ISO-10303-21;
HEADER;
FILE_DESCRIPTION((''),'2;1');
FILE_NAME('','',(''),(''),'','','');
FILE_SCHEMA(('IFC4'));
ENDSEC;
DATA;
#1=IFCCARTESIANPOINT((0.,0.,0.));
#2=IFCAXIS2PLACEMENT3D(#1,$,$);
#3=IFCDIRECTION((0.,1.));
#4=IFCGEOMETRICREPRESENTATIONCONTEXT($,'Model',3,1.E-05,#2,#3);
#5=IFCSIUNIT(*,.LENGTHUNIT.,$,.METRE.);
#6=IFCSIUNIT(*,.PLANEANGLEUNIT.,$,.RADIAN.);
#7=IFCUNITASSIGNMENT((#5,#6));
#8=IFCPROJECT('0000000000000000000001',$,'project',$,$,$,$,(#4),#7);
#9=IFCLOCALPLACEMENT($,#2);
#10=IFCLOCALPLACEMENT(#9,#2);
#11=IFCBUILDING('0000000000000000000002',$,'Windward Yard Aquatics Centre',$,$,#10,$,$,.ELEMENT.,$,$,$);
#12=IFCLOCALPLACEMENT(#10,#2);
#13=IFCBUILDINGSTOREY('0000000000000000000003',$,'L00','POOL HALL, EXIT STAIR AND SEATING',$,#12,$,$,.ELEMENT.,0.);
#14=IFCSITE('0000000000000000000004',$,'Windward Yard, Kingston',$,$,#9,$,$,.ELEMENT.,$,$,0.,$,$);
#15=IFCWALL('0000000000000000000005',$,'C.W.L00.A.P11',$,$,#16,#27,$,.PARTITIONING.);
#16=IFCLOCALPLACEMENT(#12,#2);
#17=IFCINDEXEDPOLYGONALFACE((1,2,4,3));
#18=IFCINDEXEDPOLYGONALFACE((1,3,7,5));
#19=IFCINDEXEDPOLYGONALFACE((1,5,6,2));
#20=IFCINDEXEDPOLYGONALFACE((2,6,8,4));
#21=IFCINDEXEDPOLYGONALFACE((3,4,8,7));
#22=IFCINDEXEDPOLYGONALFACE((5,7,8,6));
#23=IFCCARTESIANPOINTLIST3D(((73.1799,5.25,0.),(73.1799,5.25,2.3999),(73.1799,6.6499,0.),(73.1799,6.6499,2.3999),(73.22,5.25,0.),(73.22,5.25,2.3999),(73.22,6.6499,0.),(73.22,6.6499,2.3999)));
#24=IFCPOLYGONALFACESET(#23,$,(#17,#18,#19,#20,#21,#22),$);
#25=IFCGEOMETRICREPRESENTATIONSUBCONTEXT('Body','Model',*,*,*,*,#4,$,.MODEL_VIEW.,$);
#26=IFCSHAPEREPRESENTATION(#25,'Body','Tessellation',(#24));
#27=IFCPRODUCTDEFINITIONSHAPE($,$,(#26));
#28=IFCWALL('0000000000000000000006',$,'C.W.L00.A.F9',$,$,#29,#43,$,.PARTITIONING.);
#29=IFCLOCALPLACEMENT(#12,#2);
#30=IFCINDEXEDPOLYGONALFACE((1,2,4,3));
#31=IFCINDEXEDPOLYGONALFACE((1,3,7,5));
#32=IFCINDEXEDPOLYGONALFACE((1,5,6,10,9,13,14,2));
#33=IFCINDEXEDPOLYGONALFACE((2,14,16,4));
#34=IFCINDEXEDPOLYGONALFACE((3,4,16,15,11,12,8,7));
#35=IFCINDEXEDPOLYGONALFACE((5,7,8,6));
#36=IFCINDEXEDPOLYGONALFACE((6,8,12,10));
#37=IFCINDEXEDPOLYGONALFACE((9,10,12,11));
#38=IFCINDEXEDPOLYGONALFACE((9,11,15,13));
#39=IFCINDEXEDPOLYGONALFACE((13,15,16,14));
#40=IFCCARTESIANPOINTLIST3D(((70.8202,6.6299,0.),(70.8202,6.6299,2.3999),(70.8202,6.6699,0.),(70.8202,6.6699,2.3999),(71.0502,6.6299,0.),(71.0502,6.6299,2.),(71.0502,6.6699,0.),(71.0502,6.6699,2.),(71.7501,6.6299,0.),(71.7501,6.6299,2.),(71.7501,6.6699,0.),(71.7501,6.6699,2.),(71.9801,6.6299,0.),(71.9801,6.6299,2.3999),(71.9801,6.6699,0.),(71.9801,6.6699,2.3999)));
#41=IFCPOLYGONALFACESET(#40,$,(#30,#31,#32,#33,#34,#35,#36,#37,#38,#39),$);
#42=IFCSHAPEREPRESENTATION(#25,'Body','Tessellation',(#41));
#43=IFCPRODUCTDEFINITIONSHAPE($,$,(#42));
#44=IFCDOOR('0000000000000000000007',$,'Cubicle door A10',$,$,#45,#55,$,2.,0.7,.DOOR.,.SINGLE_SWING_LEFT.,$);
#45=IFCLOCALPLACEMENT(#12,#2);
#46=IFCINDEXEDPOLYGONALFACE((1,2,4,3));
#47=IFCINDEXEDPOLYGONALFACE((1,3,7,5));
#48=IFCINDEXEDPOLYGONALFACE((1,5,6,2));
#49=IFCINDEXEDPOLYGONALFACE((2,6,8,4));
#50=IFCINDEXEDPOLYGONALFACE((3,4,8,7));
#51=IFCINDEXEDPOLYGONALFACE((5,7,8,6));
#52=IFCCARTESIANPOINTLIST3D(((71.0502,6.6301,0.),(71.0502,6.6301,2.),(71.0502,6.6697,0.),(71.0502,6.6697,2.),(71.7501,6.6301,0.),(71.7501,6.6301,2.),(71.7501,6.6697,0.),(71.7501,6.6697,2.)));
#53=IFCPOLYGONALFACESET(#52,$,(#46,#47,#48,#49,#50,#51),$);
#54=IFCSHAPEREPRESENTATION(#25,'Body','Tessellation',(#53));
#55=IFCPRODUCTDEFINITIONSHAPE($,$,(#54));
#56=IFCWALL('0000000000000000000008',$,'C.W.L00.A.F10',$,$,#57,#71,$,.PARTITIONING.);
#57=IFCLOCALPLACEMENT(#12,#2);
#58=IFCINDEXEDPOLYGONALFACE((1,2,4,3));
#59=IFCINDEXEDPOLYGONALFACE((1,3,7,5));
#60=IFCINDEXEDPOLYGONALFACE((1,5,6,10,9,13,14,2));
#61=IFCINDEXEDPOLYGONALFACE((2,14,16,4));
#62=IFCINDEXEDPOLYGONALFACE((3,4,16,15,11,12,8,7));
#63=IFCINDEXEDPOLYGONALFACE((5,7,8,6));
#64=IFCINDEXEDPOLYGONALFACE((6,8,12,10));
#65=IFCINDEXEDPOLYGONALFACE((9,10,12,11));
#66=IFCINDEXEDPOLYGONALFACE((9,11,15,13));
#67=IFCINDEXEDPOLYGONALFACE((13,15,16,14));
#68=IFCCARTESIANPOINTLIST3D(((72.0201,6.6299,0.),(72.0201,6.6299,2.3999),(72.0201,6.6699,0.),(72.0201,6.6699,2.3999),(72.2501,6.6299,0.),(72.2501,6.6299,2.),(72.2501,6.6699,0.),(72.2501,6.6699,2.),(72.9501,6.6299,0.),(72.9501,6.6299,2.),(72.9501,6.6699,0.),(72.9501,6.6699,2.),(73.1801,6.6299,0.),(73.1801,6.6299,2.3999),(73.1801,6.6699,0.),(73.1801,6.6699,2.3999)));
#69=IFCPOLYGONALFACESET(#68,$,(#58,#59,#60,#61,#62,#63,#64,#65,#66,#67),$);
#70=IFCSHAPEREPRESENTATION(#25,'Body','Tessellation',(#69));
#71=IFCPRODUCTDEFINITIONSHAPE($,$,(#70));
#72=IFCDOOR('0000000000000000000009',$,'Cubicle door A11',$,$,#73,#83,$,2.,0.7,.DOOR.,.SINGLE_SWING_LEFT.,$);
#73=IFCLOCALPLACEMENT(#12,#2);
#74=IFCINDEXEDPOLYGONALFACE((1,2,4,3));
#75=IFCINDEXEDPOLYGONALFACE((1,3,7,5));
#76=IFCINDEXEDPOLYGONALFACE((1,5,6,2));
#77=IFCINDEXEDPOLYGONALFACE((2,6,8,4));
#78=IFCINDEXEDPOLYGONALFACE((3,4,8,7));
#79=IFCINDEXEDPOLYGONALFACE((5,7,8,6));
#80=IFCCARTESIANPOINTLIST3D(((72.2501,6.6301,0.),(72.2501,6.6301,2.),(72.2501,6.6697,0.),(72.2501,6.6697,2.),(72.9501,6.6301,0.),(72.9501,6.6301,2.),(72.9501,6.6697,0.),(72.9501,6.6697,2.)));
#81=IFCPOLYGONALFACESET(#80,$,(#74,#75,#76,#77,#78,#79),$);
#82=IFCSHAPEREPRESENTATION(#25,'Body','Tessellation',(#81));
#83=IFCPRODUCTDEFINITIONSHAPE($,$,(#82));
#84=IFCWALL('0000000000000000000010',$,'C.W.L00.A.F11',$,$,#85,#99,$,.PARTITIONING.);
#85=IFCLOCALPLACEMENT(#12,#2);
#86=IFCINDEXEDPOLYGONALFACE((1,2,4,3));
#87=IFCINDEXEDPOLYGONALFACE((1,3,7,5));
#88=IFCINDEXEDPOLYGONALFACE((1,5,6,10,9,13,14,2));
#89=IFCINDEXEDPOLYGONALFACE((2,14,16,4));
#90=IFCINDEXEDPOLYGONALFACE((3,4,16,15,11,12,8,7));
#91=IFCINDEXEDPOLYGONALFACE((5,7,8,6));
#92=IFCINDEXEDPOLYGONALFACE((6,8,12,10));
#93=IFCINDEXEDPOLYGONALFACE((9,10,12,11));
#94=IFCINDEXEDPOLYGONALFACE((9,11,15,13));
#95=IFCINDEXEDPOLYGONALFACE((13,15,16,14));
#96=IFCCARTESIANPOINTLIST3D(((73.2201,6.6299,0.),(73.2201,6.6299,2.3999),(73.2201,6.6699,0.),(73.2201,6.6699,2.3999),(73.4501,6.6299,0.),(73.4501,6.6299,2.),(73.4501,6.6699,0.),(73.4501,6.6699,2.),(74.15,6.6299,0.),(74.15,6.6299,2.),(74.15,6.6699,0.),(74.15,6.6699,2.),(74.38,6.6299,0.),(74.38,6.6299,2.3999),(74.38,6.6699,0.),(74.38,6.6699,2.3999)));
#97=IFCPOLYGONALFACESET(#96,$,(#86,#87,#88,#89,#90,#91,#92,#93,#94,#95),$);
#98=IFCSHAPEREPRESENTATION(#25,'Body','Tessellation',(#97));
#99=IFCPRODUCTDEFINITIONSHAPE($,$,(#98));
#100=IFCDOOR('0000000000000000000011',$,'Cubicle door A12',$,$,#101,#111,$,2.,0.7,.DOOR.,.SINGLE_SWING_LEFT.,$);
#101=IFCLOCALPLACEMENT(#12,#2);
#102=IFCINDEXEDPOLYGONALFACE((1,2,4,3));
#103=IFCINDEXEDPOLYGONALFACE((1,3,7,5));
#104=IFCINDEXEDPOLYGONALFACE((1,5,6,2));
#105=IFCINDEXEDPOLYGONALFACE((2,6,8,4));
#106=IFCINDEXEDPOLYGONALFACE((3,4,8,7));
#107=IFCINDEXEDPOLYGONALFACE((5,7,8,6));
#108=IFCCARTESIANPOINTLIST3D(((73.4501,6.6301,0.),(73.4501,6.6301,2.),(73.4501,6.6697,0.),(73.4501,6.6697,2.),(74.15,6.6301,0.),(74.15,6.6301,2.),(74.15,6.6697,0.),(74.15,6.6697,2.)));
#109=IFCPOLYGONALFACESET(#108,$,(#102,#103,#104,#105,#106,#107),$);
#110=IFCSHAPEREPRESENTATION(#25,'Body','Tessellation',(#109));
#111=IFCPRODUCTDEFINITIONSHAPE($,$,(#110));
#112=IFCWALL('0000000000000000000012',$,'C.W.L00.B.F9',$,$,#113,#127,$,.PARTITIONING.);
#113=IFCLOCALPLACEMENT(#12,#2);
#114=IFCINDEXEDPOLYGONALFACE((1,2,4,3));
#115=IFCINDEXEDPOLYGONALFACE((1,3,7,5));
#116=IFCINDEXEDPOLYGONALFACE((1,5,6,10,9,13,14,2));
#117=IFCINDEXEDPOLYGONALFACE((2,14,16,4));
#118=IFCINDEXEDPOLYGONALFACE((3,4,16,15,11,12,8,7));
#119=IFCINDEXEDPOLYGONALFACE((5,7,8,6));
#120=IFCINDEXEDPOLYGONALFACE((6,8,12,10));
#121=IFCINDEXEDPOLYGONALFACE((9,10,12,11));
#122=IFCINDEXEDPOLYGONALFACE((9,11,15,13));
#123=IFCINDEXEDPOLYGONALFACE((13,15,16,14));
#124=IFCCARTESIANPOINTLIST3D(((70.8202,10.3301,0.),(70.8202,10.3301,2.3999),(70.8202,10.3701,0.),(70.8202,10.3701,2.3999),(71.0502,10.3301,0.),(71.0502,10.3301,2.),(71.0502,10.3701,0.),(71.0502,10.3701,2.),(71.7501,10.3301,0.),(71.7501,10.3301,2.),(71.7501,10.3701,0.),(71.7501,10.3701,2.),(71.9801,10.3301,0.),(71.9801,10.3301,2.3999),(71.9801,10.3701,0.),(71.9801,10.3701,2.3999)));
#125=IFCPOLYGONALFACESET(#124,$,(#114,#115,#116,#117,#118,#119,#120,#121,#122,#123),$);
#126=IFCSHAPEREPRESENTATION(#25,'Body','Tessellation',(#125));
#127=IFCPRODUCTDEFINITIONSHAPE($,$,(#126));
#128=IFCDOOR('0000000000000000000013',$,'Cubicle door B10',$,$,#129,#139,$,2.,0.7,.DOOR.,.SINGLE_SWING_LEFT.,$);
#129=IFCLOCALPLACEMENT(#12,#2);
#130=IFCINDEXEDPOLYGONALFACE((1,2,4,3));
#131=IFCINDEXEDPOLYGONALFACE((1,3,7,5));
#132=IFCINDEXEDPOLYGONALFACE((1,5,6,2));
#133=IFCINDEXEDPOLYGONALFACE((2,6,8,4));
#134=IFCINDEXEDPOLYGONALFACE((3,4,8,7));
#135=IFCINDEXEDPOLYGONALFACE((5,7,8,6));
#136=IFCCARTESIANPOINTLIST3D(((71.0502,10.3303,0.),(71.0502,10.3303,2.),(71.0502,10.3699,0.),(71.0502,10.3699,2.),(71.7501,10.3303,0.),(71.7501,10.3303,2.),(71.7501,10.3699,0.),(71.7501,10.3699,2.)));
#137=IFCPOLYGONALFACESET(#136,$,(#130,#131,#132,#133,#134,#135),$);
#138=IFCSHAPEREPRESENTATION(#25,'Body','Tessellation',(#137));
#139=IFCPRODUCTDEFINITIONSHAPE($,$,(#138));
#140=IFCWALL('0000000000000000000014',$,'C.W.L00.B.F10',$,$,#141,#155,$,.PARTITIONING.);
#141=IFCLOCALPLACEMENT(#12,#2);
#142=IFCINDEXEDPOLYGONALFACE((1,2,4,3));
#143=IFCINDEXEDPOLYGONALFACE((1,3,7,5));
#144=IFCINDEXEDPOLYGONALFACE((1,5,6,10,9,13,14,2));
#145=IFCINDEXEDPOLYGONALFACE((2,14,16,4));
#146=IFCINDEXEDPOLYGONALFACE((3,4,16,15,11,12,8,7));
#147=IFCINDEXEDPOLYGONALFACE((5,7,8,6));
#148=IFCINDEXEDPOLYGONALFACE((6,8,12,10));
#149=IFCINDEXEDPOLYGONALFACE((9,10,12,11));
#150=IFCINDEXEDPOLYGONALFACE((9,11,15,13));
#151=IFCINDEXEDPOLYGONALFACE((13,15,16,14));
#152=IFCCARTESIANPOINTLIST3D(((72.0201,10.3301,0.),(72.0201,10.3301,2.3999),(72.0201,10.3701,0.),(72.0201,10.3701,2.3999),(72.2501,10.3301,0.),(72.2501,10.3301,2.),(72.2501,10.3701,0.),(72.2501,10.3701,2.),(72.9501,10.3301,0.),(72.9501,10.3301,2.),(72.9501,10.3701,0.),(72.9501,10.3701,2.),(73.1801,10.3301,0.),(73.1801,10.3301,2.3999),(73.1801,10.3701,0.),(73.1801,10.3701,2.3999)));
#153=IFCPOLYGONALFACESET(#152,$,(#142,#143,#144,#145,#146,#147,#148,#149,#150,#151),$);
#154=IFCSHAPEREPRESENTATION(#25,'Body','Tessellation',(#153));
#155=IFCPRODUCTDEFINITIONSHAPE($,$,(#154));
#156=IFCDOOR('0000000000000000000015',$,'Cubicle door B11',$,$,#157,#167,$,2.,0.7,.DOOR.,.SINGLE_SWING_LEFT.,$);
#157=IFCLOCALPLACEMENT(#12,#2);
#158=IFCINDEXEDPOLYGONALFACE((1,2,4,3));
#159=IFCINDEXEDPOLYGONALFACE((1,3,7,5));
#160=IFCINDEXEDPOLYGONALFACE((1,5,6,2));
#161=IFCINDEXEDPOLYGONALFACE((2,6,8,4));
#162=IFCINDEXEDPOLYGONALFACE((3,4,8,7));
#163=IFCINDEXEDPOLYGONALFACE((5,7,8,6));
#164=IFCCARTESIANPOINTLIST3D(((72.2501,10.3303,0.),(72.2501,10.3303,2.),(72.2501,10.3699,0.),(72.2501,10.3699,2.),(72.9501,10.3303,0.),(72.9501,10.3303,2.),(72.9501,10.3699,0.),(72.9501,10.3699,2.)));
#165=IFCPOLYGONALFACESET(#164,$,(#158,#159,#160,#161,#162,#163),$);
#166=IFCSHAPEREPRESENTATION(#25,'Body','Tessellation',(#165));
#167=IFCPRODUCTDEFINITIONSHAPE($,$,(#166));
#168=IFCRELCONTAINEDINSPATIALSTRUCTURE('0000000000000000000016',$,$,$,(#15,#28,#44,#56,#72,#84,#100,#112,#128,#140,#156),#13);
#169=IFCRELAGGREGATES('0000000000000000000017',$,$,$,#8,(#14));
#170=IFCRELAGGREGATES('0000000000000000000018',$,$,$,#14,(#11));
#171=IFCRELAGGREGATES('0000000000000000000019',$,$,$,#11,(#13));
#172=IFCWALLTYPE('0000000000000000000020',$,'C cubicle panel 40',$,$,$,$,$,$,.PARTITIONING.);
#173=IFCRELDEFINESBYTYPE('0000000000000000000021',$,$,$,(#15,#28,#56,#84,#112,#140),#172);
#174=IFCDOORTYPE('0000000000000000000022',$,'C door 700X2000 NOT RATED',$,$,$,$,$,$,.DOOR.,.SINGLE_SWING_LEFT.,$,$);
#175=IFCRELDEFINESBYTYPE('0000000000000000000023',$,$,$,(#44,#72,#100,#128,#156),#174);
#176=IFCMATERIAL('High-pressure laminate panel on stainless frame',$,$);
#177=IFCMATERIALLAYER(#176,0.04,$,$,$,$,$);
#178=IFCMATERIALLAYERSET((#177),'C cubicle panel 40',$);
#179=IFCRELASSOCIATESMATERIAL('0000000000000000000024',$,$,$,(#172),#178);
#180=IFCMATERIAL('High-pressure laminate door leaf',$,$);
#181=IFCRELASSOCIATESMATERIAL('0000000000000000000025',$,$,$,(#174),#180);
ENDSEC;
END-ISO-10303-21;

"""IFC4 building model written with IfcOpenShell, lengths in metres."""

from ifc_helpers import new_model, si_unit, direction, frame, frame_2d, origin, place, context, subcontext, project, spatial, rectangle, extrude, material, layer, layer_set, type_object, element, fill, save


model = new_model("IFC4")

# Units and contexts
model_context = context("Model", 3, precision=1e-05, world=origin(), true_north=direction((0.0, 1.0)))
body_context = subcontext(model_context, "Body", "Model", "MODEL_VIEW")
ifc_project = project(units=[si_unit("LENGTHUNIT", "METRE"), si_unit("PLANEANGLEUNIT", "RADIAN")], contexts=[model_context])

# Site, building, storey
site_placement = place(None, origin())
site = spatial("IfcSite", under=ifc_project, at=site_placement, Name="Windward Yard, Kingston", CompositionType="ELEMENT", RefElevation=0.0)
building_placement = place(site_placement, origin())
building = spatial("IfcBuilding", under=site, at=building_placement, Name="Windward Yard Aquatics Centre", CompositionType="ELEMENT")
storey_placement = place(building_placement, origin())
storey = spatial("IfcBuildingStorey", under=building, at=storey_placement, Name="L00", Description="POOL HALL, EXIT STAIR AND SEATING", CompositionType="ELEMENT", Elevation=0.0)

# Wall
ifc_material_1 = material(Name="High-pressure laminate panel on stainless frame")
ifc_layer_1 = layer(ifc_material_1, 0.04)
ifc_layer_set_1 = layer_set([ifc_layer_1], Name="C cubicle panel 40")
wall_type_1 = type_object("IfcWallType", Name="C cubicle panel 40", PredefinedType="PARTITIONING", material=ifc_layer_set_1)
for number, where, z_axis, x_axis, name in (
    (1, (73.2, 5.25, 0.0), (0.0, 0.0, 1.0), (0.0, 1.0, 0.0), "C.W.L00.A.P11"),
):
    element("IfcWall", number, at=place(storey_placement, frame(where, z_axis=z_axis, x_axis=x_axis)), inside=storey, type_object=wall_type_1, Name=name, PredefinedType="PARTITIONING", context=body_context, shape_type="SweptSolid", body=[
        extrude(rectangle(XDim=1.3999, YDim=0.04, at=frame_2d((0.7, 0.0))), origin(), (0.0, 0.0, 1.0), 2.3999),
    ])

# Walls, openings, doors
wall_1_placement = place(storey_placement, frame((70.8201, 6.6499, 0.0), z_axis=(0.0, 0.0, 1.0), x_axis=(1.0, 0.0, 0.0)))
wall_1 = element("IfcWall", 2, at=wall_1_placement, inside=storey, type_object=wall_type_1, Name="C.W.L00.A.F9", PredefinedType="PARTITIONING", context=body_context, shape_type="SweptSolid", body=[
    extrude(rectangle(XDim=1.1599, YDim=0.04, at=frame_2d((0.5801, 0.0))), origin(), (0.0, 0.0, 1.0), 2.3999),
])
opening_1_placement = place(wall_1_placement, frame((0.23, 0.0, 0.0)))
opening_1 = element("IfcOpeningElement", 3, at=opening_1_placement, cuts=wall_1, PredefinedType="OPENING", context=body_context, shape_type="SweptSolid", body=[
    extrude(rectangle(XDim=0.7, YDim=2.0, at=frame_2d((0.3501, 1.0))), frame((0.0, 0.03, 0.0), z_axis=(0.0, -1.0, 0.0), x_axis=(1.0, 0.0, 0.0)), (0.0, 0.0, 1.0), 0.0601),
])
ifc_material_2 = material(Name="High-pressure laminate door leaf")
door_type = type_object("IfcDoorType", Name="C door 700X2000 NOT RATED", OperationType="SINGLE_SWING_LEFT", PredefinedType="DOOR", material=ifc_material_2)
door_1_placement = place(opening_1_placement, origin())
door_1 = element("IfcDoor", 4, at=door_1_placement, inside=storey, type_object=door_type, Name="Cubicle door A10", OperationType="SINGLE_SWING_LEFT", OverallHeight=2.0, OverallWidth=0.7, PredefinedType="DOOR", context=body_context, shape_type="SweptSolid", body=[
    extrude(rectangle(XDim=0.7, YDim=2.0, at=frame_2d((0.3501, 1.0))), frame((0.0, 0.0198, 0.0), z_axis=(0.0, -1.0, 0.0), x_axis=(1.0, 0.0, 0.0)), (0.0, 0.0, 1.0), 0.0396),
])
fill(opening_1, door_1)
wall_2_placement = place(storey_placement, frame((72.02, 6.6499, 0.0), z_axis=(0.0, 0.0, 1.0), x_axis=(1.0, 0.0, 0.0)))
wall_2 = element("IfcWall", 5, at=wall_2_placement, inside=storey, type_object=wall_type_1, Name="C.W.L00.A.F10", PredefinedType="PARTITIONING", context=body_context, shape_type="SweptSolid", body=[
    extrude(rectangle(XDim=1.1599, YDim=0.04, at=frame_2d((0.5801, 0.0))), origin(), (0.0, 0.0, 1.0), 2.3999),
])
opening_2_placement = place(wall_2_placement, frame((0.23, 0.0, 0.0)))
opening_2 = element("IfcOpeningElement", 6, at=opening_2_placement, cuts=wall_2, PredefinedType="OPENING", context=body_context, shape_type="SweptSolid", body=[
    extrude(rectangle(XDim=0.7, YDim=2.0, at=frame_2d((0.3501, 1.0))), frame((0.0, 0.03, 0.0), z_axis=(0.0, -1.0, 0.0), x_axis=(1.0, 0.0, 0.0)), (0.0, 0.0, 1.0), 0.0601),
])
door_2_placement = place(opening_2_placement, origin())
door_2 = element("IfcDoor", 7, at=door_2_placement, inside=storey, type_object=door_type, Name="Cubicle door A11", OperationType="SINGLE_SWING_LEFT", OverallHeight=2.0, OverallWidth=0.7, PredefinedType="DOOR", context=body_context, shape_type="SweptSolid", body=[
    extrude(rectangle(XDim=0.7, YDim=2.0, at=frame_2d((0.3501, 1.0))), frame((0.0, 0.0198, 0.0), z_axis=(0.0, -1.0, 0.0), x_axis=(1.0, 0.0, 0.0)), (0.0, 0.0, 1.0), 0.0396),
])
fill(opening_2, door_2)
wall_3_placement = place(storey_placement, frame((73.22, 6.6499, 0.0), z_axis=(0.0, 0.0, 1.0), x_axis=(1.0, 0.0, 0.0)))
wall_3 = element("IfcWall", 8, at=wall_3_placement, inside=storey, type_object=wall_type_1, Name="C.W.L00.A.F11", PredefinedType="PARTITIONING", context=body_context, shape_type="SweptSolid", body=[
    extrude(rectangle(XDim=1.1599, YDim=0.04, at=frame_2d((0.5801, 0.0))), origin(), (0.0, 0.0, 1.0), 2.3999),
])
opening_3_placement = place(wall_3_placement, frame((0.23, 0.0, 0.0)))
opening_3 = element("IfcOpeningElement", 9, at=opening_3_placement, cuts=wall_3, PredefinedType="OPENING", context=body_context, shape_type="SweptSolid", body=[
    extrude(rectangle(XDim=0.7, YDim=2.0, at=frame_2d((0.3501, 1.0))), frame((0.0, 0.03, 0.0), z_axis=(0.0, -1.0, 0.0), x_axis=(1.0, 0.0, 0.0)), (0.0, 0.0, 1.0), 0.0601),
])
door_3_placement = place(opening_3_placement, origin())
door_3 = element("IfcDoor", 10, at=door_3_placement, inside=storey, type_object=door_type, Name="Cubicle door A12", OperationType="SINGLE_SWING_LEFT", OverallHeight=2.0, OverallWidth=0.7, PredefinedType="DOOR", context=body_context, shape_type="SweptSolid", body=[
    extrude(rectangle(XDim=0.7, YDim=2.0, at=frame_2d((0.3501, 1.0))), frame((0.0, 0.0198, 0.0), z_axis=(0.0, -1.0, 0.0), x_axis=(1.0, 0.0, 0.0)), (0.0, 0.0, 1.0), 0.0396),
])
fill(opening_3, door_3)
wall_4_placement = place(storey_placement, frame((70.8201, 10.3501, 0.0), z_axis=(0.0, 0.0, 1.0), x_axis=(1.0, 0.0, 0.0)))
wall_4 = element("IfcWall", 11, at=wall_4_placement, inside=storey, type_object=wall_type_1, Name="C.W.L00.B.F9", PredefinedType="PARTITIONING", context=body_context, shape_type="SweptSolid", body=[
    extrude(rectangle(XDim=1.1599, YDim=0.04, at=frame_2d((0.5801, 0.0))), origin(), (0.0, 0.0, 1.0), 2.3999),
])
opening_4_placement = place(wall_4_placement, frame((0.23, 0.0, 0.0)))
opening_4 = element("IfcOpeningElement", 12, at=opening_4_placement, cuts=wall_4, PredefinedType="OPENING", context=body_context, shape_type="SweptSolid", body=[
    extrude(rectangle(XDim=0.7, YDim=2.0, at=frame_2d((0.3501, 1.0))), frame((0.0, 0.03, 0.0), z_axis=(0.0, -1.0, 0.0), x_axis=(1.0, 0.0, 0.0)), (0.0, 0.0, 1.0), 0.0601),
])
door_4_placement = place(opening_4_placement, origin())
door_4 = element("IfcDoor", 13, at=door_4_placement, inside=storey, type_object=door_type, Name="Cubicle door B10", OperationType="SINGLE_SWING_LEFT", OverallHeight=2.0, OverallWidth=0.7, PredefinedType="DOOR", context=body_context, shape_type="SweptSolid", body=[
    extrude(rectangle(XDim=0.7, YDim=2.0, at=frame_2d((0.3501, 1.0))), frame((0.0, 0.0198, 0.0), z_axis=(0.0, -1.0, 0.0), x_axis=(1.0, 0.0, 0.0)), (0.0, 0.0, 1.0), 0.0396),
])
fill(opening_4, door_4)
wall_5_placement = place(storey_placement, frame((72.02, 10.3501, 0.0), z_axis=(0.0, 0.0, 1.0), x_axis=(1.0, 0.0, 0.0)))
wall_5 = element("IfcWall", 14, at=wall_5_placement, inside=storey, type_object=wall_type_1, Name="C.W.L00.B.F10", PredefinedType="PARTITIONING", context=body_context, shape_type="SweptSolid", body=[
    extrude(rectangle(XDim=1.1599, YDim=0.04, at=frame_2d((0.5801, 0.0))), origin(), (0.0, 0.0, 1.0), 2.3999),
])
opening_5_placement = place(wall_5_placement, frame((0.23, 0.0, 0.0)))
opening_5 = element("IfcOpeningElement", 15, at=opening_5_placement, cuts=wall_5, PredefinedType="OPENING", context=body_context, shape_type="SweptSolid", body=[
    extrude(rectangle(XDim=0.7, YDim=2.0, at=frame_2d((0.3501, 1.0))), frame((0.0, 0.03, 0.0), z_axis=(0.0, -1.0, 0.0), x_axis=(1.0, 0.0, 0.0)), (0.0, 0.0, 1.0), 0.0601),
])
door_5_placement = place(opening_5_placement, origin())
door_5 = element("IfcDoor", 16, at=door_5_placement, inside=storey, type_object=door_type, Name="Cubicle door B11", OperationType="SINGLE_SWING_LEFT", OverallHeight=2.0, OverallWidth=0.7, PredefinedType="DOOR", context=body_context, shape_type="SweptSolid", body=[
    extrude(rectangle(XDim=0.7, YDim=2.0, at=frame_2d((0.3501, 1.0))), frame((0.0, 0.0198, 0.0), z_axis=(0.0, -1.0, 0.0), x_axis=(1.0, 0.0, 0.0)), (0.0, 0.0, 1.0), 0.0396),
])
fill(opening_5, door_5)

save(model, "model.ifc")
